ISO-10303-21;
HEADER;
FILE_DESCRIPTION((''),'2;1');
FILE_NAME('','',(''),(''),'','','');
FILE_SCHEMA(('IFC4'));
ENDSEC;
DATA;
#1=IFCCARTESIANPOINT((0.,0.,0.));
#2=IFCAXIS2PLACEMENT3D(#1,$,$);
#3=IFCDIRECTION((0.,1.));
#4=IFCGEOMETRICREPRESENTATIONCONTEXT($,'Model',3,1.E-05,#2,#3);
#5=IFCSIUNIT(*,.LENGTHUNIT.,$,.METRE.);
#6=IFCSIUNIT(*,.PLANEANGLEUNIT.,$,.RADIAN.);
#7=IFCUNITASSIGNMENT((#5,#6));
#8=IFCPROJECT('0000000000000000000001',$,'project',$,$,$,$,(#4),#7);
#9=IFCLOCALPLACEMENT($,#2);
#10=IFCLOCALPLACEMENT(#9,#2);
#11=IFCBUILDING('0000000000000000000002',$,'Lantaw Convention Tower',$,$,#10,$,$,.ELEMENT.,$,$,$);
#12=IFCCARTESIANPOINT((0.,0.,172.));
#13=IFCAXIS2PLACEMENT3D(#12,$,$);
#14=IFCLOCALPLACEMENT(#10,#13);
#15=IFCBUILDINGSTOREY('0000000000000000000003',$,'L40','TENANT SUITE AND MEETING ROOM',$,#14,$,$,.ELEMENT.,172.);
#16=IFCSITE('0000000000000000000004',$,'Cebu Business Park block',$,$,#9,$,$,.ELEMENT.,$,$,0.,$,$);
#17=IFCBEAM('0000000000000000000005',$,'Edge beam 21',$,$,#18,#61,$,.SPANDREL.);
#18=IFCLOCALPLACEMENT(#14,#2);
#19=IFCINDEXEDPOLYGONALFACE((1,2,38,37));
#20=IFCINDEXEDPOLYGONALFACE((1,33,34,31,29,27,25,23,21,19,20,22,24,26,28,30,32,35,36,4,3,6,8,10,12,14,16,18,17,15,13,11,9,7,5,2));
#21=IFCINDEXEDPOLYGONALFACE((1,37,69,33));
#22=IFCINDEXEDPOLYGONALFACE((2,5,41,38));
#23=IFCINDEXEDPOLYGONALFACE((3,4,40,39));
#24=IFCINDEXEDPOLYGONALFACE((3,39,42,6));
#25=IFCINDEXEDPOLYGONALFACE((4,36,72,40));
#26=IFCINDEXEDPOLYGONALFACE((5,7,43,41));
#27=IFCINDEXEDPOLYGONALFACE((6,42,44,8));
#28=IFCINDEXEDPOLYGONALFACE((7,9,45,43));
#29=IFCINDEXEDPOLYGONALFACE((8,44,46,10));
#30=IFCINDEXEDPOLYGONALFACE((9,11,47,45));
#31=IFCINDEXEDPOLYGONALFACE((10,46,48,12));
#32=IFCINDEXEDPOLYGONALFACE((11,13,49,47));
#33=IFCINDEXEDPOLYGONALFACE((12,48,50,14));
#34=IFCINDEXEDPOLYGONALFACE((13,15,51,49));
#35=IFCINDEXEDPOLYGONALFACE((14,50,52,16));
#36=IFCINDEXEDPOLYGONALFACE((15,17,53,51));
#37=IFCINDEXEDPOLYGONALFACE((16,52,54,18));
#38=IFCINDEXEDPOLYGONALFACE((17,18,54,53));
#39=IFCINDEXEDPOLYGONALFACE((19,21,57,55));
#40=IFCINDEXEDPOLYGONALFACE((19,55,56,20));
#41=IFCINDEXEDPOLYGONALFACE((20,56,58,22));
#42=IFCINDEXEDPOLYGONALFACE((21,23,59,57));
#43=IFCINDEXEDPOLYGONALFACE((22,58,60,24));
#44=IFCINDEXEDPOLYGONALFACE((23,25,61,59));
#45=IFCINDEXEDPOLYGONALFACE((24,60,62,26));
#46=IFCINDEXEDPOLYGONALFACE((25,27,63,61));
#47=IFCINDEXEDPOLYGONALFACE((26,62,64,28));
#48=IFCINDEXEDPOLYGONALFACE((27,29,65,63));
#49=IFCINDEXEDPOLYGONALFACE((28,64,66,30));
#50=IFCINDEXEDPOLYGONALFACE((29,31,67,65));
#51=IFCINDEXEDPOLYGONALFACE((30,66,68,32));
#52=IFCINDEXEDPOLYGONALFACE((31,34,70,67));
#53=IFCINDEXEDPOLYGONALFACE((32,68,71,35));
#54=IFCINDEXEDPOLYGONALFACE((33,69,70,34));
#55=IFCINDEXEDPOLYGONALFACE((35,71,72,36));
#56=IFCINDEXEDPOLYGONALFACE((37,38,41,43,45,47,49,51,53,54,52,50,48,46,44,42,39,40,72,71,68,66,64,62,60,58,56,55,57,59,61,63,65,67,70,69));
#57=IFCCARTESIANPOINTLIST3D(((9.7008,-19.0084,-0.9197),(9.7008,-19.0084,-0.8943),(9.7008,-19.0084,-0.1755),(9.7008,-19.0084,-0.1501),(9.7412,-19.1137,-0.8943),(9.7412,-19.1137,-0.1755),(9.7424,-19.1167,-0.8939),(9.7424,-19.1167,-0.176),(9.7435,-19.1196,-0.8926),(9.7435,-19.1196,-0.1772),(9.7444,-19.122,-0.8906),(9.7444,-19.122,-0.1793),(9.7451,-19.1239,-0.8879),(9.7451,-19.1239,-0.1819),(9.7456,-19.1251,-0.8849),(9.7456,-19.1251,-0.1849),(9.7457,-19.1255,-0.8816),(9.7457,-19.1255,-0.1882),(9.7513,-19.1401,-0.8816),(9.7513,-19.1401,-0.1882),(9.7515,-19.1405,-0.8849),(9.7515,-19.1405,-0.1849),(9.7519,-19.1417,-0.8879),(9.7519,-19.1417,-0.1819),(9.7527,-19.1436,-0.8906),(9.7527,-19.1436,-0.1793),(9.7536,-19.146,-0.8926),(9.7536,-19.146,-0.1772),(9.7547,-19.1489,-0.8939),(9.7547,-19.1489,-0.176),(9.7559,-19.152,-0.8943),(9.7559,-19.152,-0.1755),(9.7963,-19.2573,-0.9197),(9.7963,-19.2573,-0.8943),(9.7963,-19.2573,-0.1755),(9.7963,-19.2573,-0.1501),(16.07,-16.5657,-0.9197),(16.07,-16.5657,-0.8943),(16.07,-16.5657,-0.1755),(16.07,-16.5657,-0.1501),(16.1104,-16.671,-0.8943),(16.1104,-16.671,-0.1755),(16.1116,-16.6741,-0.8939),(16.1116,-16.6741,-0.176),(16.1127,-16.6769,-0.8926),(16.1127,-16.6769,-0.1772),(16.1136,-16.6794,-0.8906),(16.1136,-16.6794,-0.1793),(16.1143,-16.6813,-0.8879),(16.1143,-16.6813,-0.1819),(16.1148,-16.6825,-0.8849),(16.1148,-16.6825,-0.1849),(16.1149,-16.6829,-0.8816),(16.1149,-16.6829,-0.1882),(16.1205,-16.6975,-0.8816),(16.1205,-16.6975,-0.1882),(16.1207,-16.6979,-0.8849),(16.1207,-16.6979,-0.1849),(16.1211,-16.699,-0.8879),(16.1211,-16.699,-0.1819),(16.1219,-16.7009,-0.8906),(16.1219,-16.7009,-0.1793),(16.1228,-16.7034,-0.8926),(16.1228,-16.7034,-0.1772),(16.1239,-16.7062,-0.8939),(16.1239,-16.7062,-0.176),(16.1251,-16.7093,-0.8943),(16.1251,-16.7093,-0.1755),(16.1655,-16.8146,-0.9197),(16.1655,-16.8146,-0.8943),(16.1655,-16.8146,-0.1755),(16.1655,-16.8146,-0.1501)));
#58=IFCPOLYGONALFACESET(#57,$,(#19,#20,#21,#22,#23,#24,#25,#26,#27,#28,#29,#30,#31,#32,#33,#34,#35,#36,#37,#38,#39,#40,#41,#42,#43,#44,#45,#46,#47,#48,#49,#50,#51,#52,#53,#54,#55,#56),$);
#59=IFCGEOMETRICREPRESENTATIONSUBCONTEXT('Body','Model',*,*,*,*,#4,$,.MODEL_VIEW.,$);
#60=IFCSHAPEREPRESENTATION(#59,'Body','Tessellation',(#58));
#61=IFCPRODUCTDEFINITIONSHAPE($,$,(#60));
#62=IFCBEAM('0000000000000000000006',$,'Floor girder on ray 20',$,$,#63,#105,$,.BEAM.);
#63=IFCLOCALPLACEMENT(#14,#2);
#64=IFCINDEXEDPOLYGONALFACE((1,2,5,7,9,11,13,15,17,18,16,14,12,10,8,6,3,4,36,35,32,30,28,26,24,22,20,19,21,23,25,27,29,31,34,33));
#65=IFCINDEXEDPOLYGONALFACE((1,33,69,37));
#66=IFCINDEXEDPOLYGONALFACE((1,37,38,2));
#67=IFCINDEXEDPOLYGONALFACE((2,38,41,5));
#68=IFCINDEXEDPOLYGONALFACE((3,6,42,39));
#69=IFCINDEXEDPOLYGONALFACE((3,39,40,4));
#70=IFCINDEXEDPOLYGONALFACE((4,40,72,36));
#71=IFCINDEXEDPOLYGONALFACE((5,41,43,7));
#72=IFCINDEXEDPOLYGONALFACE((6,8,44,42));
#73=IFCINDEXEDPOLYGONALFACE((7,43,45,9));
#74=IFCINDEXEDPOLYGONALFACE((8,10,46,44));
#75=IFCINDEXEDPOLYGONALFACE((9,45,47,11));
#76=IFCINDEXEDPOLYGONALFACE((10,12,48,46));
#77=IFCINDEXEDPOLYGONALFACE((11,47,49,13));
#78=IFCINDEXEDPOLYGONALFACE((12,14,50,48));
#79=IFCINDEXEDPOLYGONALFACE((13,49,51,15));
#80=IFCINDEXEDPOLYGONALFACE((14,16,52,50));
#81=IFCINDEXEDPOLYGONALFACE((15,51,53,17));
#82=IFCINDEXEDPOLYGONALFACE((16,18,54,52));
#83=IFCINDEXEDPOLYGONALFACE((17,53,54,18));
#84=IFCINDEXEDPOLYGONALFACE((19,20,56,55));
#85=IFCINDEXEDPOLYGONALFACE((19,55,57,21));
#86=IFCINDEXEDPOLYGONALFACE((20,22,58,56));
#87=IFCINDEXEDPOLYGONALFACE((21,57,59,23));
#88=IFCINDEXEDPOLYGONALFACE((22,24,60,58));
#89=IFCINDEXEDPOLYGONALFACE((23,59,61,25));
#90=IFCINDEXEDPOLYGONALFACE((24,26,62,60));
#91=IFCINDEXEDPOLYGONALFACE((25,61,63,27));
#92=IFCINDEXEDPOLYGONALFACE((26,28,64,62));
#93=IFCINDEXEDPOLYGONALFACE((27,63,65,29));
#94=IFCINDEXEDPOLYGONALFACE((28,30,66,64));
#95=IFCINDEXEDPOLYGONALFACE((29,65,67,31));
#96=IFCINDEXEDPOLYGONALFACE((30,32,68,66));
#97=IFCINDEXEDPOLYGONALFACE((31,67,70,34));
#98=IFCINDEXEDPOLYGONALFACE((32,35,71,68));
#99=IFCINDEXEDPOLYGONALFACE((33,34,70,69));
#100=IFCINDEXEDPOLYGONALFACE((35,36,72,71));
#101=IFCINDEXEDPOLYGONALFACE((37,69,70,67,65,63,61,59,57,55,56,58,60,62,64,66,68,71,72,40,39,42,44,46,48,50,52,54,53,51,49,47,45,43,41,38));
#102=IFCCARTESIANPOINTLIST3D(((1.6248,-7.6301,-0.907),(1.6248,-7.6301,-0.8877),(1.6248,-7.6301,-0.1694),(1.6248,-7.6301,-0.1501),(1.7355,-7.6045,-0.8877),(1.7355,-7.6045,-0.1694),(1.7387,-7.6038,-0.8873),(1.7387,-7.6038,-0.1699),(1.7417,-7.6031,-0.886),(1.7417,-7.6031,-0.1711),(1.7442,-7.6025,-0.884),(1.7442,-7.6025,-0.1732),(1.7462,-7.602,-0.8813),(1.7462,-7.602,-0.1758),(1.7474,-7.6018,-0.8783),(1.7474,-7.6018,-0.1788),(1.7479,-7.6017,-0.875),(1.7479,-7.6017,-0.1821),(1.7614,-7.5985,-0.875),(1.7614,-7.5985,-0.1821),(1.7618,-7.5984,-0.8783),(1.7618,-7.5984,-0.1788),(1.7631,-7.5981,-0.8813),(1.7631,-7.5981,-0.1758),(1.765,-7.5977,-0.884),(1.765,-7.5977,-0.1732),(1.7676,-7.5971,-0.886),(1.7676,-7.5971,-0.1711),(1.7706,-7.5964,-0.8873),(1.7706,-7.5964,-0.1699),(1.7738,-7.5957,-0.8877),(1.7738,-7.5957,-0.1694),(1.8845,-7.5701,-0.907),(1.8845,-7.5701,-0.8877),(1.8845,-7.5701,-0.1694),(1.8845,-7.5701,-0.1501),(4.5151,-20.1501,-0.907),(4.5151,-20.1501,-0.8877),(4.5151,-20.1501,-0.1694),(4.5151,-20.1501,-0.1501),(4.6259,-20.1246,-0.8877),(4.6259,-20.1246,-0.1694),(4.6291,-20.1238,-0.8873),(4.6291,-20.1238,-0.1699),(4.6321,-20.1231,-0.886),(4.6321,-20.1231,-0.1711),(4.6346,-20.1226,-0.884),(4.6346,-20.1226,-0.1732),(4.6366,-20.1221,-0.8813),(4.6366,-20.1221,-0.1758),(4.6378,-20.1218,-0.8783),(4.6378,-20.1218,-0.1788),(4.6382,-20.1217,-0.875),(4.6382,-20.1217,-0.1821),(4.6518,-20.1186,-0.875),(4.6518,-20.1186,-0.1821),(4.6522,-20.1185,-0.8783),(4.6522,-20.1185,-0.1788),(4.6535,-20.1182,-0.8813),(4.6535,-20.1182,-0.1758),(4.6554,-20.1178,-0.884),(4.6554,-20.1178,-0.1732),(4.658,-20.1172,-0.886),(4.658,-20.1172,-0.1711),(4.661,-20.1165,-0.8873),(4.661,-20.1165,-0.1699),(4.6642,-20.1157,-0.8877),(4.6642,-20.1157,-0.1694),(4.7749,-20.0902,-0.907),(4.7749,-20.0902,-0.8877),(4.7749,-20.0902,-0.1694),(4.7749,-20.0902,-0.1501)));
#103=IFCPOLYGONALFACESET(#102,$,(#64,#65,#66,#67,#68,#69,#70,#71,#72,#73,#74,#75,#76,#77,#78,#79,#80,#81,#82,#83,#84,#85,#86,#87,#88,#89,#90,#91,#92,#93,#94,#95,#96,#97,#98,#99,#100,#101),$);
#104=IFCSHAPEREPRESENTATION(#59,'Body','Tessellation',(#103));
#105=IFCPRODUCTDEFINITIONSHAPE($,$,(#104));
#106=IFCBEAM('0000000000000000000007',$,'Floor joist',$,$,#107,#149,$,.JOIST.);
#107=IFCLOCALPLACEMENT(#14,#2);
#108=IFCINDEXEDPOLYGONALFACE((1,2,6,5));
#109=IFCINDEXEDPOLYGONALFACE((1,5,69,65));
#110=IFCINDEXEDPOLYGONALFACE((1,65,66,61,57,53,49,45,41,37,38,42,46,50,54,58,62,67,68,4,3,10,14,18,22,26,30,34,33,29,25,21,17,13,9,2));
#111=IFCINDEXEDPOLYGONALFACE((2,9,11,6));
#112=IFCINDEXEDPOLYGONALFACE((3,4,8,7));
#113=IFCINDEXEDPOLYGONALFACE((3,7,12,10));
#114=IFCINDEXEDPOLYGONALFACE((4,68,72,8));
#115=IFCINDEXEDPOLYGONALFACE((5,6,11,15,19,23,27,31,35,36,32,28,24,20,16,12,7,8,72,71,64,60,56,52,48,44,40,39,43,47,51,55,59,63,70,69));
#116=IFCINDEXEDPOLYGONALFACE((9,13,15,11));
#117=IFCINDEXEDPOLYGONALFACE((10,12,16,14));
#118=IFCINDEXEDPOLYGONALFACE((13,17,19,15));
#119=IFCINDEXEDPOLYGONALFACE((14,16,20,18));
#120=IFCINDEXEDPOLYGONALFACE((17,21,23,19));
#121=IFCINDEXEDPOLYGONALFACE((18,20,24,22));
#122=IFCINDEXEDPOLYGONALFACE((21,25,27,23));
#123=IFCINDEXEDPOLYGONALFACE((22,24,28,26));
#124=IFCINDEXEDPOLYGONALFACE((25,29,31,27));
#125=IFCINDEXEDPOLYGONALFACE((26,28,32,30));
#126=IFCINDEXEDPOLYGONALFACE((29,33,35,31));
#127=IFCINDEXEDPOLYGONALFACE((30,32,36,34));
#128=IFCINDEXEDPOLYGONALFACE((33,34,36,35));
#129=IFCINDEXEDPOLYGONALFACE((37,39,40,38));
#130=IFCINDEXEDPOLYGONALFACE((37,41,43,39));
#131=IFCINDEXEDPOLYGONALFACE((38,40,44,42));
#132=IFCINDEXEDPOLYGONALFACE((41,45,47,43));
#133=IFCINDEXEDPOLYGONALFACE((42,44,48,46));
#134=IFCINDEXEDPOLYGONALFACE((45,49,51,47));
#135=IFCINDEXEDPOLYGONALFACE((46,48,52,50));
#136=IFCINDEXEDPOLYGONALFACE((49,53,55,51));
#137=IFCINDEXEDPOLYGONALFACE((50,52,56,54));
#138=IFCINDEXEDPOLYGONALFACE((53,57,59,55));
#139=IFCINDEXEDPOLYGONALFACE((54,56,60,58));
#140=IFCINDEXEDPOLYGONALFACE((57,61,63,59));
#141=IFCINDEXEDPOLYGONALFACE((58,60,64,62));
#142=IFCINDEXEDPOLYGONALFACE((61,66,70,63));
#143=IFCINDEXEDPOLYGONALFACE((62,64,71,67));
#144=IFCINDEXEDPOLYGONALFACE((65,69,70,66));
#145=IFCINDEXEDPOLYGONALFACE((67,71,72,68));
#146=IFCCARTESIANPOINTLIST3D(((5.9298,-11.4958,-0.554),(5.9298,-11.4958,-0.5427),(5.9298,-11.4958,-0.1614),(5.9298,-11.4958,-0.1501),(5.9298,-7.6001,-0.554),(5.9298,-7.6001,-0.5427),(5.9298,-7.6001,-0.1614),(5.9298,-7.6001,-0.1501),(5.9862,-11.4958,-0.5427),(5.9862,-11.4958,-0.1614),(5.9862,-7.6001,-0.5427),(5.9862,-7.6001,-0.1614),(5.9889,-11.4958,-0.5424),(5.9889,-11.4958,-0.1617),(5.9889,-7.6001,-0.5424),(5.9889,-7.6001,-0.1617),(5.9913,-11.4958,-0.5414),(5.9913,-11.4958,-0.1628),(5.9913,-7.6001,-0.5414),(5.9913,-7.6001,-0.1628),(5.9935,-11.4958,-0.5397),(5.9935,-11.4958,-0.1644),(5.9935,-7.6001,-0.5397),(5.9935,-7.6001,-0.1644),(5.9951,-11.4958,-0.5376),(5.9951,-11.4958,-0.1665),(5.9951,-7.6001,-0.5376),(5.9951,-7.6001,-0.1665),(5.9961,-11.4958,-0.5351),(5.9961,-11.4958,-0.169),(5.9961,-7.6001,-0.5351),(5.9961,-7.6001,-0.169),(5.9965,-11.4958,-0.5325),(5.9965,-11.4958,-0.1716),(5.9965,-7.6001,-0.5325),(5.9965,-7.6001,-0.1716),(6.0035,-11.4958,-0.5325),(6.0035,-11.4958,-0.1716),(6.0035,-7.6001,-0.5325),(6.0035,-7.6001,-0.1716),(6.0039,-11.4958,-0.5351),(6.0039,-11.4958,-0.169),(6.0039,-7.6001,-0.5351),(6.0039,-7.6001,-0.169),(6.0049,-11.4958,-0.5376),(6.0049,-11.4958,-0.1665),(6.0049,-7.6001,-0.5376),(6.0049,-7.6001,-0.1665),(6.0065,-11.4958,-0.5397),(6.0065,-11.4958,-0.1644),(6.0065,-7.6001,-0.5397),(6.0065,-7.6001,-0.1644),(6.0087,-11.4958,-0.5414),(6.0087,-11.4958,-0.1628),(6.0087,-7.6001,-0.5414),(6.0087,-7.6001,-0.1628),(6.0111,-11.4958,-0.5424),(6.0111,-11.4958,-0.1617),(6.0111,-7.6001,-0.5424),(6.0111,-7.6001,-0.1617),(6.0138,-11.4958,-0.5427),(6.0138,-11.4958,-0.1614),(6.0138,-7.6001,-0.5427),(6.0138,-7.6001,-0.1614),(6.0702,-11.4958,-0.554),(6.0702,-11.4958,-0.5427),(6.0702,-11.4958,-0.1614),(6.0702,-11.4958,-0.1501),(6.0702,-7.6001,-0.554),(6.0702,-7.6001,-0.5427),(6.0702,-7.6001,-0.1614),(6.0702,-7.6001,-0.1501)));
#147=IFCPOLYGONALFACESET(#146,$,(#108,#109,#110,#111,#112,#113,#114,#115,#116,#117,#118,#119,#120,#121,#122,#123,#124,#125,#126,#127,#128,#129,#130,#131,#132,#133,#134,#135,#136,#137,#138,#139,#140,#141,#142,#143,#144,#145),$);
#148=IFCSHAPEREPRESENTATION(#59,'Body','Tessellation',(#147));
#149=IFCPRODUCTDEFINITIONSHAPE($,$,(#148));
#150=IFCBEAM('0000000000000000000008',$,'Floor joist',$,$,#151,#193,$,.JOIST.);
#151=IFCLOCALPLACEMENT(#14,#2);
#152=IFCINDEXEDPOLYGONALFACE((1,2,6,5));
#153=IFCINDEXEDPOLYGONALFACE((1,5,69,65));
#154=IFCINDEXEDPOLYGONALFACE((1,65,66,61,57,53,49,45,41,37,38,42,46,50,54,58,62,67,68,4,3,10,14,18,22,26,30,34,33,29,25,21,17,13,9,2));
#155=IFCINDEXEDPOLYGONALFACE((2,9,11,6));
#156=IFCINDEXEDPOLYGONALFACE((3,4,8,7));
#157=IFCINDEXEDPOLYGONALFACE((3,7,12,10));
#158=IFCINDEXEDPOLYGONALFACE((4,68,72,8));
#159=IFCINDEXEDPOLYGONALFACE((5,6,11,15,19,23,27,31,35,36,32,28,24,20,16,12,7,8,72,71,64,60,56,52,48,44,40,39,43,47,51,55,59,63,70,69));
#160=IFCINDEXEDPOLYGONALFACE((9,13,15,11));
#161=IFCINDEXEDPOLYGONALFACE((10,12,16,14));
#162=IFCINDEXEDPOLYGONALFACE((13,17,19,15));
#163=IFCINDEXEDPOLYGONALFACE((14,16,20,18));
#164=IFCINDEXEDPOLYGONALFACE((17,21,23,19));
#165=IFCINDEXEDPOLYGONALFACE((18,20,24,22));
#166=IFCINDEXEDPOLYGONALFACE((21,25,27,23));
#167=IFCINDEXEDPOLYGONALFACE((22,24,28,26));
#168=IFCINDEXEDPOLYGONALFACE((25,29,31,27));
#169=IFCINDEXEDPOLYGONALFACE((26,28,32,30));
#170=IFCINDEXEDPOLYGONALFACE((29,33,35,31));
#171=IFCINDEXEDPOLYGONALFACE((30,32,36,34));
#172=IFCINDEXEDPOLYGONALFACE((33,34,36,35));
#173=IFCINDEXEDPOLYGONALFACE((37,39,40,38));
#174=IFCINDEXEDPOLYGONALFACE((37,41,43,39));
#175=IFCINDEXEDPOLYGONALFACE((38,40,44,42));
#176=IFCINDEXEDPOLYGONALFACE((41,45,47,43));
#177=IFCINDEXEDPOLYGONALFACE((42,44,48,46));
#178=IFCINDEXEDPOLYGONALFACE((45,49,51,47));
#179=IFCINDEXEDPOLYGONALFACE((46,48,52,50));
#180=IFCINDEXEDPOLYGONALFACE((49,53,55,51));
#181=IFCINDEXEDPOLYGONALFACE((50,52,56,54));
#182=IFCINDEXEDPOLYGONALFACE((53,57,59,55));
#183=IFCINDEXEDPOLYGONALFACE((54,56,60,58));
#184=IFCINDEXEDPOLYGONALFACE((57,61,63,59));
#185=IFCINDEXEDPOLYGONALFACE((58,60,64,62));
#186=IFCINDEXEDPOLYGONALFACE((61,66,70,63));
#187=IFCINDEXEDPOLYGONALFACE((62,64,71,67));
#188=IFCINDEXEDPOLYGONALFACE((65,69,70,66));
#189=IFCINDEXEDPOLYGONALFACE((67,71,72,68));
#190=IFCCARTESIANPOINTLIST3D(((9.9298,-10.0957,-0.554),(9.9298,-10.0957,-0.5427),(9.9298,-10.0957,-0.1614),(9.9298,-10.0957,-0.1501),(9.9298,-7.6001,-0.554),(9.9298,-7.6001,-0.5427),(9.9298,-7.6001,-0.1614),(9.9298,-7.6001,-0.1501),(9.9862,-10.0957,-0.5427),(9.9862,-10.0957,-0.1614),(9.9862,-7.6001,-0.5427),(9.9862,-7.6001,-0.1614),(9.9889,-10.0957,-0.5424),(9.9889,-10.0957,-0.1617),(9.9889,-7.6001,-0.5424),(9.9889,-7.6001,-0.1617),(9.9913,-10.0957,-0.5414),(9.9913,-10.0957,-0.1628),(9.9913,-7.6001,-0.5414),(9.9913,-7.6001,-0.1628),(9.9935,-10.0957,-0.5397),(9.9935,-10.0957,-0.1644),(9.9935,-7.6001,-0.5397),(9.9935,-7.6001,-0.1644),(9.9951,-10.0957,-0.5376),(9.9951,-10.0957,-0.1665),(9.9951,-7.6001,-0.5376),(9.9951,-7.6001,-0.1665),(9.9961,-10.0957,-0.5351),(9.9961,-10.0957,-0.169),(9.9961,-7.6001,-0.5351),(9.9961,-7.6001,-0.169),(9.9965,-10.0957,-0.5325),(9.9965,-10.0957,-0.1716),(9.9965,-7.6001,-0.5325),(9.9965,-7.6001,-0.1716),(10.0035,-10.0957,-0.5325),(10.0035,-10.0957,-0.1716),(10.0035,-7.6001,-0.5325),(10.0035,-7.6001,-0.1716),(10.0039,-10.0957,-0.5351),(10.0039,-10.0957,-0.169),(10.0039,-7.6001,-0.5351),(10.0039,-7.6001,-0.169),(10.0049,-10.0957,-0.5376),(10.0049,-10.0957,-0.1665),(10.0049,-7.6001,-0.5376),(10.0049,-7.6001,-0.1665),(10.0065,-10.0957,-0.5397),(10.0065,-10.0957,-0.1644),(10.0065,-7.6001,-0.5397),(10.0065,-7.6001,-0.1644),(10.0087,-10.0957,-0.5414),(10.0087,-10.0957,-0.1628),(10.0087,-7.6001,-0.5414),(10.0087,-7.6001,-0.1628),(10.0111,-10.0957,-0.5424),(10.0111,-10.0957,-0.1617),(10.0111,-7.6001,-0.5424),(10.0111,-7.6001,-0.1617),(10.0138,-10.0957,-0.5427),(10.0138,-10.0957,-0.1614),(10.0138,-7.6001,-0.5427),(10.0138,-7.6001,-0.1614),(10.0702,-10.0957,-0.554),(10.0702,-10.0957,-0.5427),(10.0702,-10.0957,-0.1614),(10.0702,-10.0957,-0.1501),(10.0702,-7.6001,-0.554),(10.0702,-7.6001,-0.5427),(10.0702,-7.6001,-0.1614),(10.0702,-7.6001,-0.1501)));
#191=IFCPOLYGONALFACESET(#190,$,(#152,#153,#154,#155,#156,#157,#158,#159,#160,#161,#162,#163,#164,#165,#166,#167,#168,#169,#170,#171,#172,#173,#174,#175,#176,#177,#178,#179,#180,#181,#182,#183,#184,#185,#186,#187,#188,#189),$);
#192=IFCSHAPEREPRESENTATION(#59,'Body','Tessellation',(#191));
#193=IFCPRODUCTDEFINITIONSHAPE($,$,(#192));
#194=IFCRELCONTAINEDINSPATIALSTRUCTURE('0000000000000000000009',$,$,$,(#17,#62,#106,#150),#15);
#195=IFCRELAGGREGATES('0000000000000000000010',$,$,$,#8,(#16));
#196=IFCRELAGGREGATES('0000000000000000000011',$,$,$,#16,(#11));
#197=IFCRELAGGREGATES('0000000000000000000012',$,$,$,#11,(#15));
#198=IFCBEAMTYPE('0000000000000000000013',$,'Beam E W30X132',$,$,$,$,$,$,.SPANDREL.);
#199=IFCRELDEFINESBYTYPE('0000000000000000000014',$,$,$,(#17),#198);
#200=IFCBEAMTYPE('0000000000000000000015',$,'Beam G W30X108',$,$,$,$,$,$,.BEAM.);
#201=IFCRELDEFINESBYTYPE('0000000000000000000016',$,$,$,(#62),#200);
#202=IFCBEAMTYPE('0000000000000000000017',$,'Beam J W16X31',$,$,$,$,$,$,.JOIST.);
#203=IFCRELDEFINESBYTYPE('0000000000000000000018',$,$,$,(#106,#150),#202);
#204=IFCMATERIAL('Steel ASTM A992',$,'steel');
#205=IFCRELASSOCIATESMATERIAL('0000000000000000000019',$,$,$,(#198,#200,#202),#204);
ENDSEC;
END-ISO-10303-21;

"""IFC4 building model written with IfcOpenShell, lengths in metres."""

from ifc_helpers import new_model, si_unit, direction, frame, origin, origin_2d, place, context, subcontext, project, spatial, i_section, extrude, material, material_profile, profile_set, type_object, element, save


model = new_model("IFC4")

# Units and contexts
model_context = context("Model", 3, precision=1e-05, world=origin(), true_north=direction((0.0, 1.0)))
body_context = subcontext(model_context, "Body", "Model", "MODEL_VIEW")
ifc_project = project(units=[si_unit("LENGTHUNIT", "METRE"), si_unit("PLANEANGLEUNIT", "RADIAN")], contexts=[model_context])

# Site, building, storey
site_placement = place(None, origin())
site = spatial("IfcSite", under=ifc_project, at=site_placement, Name="Cebu Business Park block", CompositionType="ELEMENT", RefElevation=0.0)
building_placement = place(site_placement, origin())
building = spatial("IfcBuilding", under=site, at=building_placement, Name="Lantaw Convention Tower", CompositionType="ELEMENT")
storey_placement = place(building_placement, frame((0.0, 0.0, 172.0)))
storey = spatial("IfcBuildingStorey", under=building, at=storey_placement, Name="L40", Description="TENANT SUITE AND MEETING ROOM", CompositionType="ELEMENT", Elevation=172.0)

# Beams
ifc_material_1 = material(Name="Steel ASTM A992", Category="steel")
ifc_material_profile_1 = material_profile(ifc_material_1, i_section(OverallWidth=0.2666, OverallDepth=0.7695, WebThickness=0.0156, FlangeThickness=0.0254, FilletRadius=0.0127, at=origin_2d()), Name="W30X132")
ifc_profile_set_1 = profile_set([ifc_material_profile_1], Name="Steel ASTM A992")
beam_type_1 = type_object("IfcBeamType", Name="Beam E W30X132", PredefinedType="SPANDREL", material=ifc_profile_set_1)
beam_1_placement = place(storey_placement, frame((9.7485, -19.1328, -0.5349), z_axis=(0.933691, 0.35808, 0.0), x_axis=(-0.35808, 0.933691, 0.0)))
element("IfcBeam", 1, at=beam_1_placement, inside=storey, type_object=beam_type_1, Name="Edge beam 21", PredefinedType="SPANDREL", context=body_context, shape_type="SweptSolid", body=[
    extrude(i_section(OverallWidth=0.2666, OverallDepth=0.7695, WebThickness=0.0156, FlangeThickness=0.0254, FilletRadius=0.0127, at=origin_2d()), origin(), (0.0, 0.0, 1.0), 6.8215),
])
ifc_material_profile_2 = material_profile(ifc_material_1, i_section(OverallWidth=0.2666, OverallDepth=0.7568, WebThickness=0.0139, FlangeThickness=0.0193, FilletRadius=0.0127, at=origin_2d()), Name="W30X108")
ifc_profile_set_2 = profile_set([ifc_material_profile_2], Name="Steel ASTM A992")
beam_type_2 = type_object("IfcBeamType", Name="Beam G W30X108", PredefinedType="BEAM", material=ifc_profile_set_2)
beam_2_placement = place(storey_placement, frame((1.7546, -7.6001, -0.5286), z_axis=(0.224944, -0.974372, 0.0), x_axis=(0.974372, 0.224944, 0.0)))
element("IfcBeam", 2, at=beam_2_placement, inside=storey, type_object=beam_type_2, Name="Floor girder on ray 20", PredefinedType="BEAM", context=body_context, shape_type="SweptSolid", body=[
    extrude(i_section(OverallWidth=0.2666, OverallDepth=0.7568, WebThickness=0.0139, FlangeThickness=0.0193, FilletRadius=0.0127, at=origin_2d()), origin(), (0.0, 0.0, 1.0), 12.8494),
])
ifc_material_profile_3 = material_profile(ifc_material_1, i_section(OverallWidth=0.1404, OverallDepth=0.4038, WebThickness=0.0071, FlangeThickness=0.0112, FilletRadius=0.0103, at=origin_2d()), Name="W16X31")
ifc_profile_set_3 = profile_set([ifc_material_profile_3], Name="Steel ASTM A992")
beam_type_3 = type_object("IfcBeamType", Name="Beam J W16X31", PredefinedType="JOIST", material=ifc_profile_set_3)
beam_3_placement = place(storey_placement, frame((6.0, -11.4958, -0.3521), z_axis=(0.0, 1.0, 0.0), x_axis=(-1.0, 0.0, 0.0)))
element("IfcBeam", 3, at=beam_3_placement, inside=storey, type_object=beam_type_3, Name="Floor joist", PredefinedType="JOIST", context=body_context, shape_type="SweptSolid", body=[
    extrude(i_section(OverallWidth=0.1404, OverallDepth=0.4038, WebThickness=0.0071, FlangeThickness=0.0112, FilletRadius=0.0103, at=origin_2d()), origin(), (0.0, 0.0, 1.0), 3.8958),
])
beam_4_placement = place(storey_placement, frame((10.0, -10.0957, -0.3521), z_axis=(0.0, 1.0, 0.0), x_axis=(-1.0, 0.0, 0.0)))
element("IfcBeam", 4, at=beam_4_placement, inside=storey, type_object=beam_type_3, Name="Floor joist", PredefinedType="JOIST", context=body_context, shape_type="SweptSolid", body=[
    extrude(i_section(OverallWidth=0.1404, OverallDepth=0.4038, WebThickness=0.0071, FlangeThickness=0.0112, FilletRadius=0.0103, at=origin_2d()), origin(), (0.0, 0.0, 1.0), 2.4956),
])

save(model, "model.ifc")
